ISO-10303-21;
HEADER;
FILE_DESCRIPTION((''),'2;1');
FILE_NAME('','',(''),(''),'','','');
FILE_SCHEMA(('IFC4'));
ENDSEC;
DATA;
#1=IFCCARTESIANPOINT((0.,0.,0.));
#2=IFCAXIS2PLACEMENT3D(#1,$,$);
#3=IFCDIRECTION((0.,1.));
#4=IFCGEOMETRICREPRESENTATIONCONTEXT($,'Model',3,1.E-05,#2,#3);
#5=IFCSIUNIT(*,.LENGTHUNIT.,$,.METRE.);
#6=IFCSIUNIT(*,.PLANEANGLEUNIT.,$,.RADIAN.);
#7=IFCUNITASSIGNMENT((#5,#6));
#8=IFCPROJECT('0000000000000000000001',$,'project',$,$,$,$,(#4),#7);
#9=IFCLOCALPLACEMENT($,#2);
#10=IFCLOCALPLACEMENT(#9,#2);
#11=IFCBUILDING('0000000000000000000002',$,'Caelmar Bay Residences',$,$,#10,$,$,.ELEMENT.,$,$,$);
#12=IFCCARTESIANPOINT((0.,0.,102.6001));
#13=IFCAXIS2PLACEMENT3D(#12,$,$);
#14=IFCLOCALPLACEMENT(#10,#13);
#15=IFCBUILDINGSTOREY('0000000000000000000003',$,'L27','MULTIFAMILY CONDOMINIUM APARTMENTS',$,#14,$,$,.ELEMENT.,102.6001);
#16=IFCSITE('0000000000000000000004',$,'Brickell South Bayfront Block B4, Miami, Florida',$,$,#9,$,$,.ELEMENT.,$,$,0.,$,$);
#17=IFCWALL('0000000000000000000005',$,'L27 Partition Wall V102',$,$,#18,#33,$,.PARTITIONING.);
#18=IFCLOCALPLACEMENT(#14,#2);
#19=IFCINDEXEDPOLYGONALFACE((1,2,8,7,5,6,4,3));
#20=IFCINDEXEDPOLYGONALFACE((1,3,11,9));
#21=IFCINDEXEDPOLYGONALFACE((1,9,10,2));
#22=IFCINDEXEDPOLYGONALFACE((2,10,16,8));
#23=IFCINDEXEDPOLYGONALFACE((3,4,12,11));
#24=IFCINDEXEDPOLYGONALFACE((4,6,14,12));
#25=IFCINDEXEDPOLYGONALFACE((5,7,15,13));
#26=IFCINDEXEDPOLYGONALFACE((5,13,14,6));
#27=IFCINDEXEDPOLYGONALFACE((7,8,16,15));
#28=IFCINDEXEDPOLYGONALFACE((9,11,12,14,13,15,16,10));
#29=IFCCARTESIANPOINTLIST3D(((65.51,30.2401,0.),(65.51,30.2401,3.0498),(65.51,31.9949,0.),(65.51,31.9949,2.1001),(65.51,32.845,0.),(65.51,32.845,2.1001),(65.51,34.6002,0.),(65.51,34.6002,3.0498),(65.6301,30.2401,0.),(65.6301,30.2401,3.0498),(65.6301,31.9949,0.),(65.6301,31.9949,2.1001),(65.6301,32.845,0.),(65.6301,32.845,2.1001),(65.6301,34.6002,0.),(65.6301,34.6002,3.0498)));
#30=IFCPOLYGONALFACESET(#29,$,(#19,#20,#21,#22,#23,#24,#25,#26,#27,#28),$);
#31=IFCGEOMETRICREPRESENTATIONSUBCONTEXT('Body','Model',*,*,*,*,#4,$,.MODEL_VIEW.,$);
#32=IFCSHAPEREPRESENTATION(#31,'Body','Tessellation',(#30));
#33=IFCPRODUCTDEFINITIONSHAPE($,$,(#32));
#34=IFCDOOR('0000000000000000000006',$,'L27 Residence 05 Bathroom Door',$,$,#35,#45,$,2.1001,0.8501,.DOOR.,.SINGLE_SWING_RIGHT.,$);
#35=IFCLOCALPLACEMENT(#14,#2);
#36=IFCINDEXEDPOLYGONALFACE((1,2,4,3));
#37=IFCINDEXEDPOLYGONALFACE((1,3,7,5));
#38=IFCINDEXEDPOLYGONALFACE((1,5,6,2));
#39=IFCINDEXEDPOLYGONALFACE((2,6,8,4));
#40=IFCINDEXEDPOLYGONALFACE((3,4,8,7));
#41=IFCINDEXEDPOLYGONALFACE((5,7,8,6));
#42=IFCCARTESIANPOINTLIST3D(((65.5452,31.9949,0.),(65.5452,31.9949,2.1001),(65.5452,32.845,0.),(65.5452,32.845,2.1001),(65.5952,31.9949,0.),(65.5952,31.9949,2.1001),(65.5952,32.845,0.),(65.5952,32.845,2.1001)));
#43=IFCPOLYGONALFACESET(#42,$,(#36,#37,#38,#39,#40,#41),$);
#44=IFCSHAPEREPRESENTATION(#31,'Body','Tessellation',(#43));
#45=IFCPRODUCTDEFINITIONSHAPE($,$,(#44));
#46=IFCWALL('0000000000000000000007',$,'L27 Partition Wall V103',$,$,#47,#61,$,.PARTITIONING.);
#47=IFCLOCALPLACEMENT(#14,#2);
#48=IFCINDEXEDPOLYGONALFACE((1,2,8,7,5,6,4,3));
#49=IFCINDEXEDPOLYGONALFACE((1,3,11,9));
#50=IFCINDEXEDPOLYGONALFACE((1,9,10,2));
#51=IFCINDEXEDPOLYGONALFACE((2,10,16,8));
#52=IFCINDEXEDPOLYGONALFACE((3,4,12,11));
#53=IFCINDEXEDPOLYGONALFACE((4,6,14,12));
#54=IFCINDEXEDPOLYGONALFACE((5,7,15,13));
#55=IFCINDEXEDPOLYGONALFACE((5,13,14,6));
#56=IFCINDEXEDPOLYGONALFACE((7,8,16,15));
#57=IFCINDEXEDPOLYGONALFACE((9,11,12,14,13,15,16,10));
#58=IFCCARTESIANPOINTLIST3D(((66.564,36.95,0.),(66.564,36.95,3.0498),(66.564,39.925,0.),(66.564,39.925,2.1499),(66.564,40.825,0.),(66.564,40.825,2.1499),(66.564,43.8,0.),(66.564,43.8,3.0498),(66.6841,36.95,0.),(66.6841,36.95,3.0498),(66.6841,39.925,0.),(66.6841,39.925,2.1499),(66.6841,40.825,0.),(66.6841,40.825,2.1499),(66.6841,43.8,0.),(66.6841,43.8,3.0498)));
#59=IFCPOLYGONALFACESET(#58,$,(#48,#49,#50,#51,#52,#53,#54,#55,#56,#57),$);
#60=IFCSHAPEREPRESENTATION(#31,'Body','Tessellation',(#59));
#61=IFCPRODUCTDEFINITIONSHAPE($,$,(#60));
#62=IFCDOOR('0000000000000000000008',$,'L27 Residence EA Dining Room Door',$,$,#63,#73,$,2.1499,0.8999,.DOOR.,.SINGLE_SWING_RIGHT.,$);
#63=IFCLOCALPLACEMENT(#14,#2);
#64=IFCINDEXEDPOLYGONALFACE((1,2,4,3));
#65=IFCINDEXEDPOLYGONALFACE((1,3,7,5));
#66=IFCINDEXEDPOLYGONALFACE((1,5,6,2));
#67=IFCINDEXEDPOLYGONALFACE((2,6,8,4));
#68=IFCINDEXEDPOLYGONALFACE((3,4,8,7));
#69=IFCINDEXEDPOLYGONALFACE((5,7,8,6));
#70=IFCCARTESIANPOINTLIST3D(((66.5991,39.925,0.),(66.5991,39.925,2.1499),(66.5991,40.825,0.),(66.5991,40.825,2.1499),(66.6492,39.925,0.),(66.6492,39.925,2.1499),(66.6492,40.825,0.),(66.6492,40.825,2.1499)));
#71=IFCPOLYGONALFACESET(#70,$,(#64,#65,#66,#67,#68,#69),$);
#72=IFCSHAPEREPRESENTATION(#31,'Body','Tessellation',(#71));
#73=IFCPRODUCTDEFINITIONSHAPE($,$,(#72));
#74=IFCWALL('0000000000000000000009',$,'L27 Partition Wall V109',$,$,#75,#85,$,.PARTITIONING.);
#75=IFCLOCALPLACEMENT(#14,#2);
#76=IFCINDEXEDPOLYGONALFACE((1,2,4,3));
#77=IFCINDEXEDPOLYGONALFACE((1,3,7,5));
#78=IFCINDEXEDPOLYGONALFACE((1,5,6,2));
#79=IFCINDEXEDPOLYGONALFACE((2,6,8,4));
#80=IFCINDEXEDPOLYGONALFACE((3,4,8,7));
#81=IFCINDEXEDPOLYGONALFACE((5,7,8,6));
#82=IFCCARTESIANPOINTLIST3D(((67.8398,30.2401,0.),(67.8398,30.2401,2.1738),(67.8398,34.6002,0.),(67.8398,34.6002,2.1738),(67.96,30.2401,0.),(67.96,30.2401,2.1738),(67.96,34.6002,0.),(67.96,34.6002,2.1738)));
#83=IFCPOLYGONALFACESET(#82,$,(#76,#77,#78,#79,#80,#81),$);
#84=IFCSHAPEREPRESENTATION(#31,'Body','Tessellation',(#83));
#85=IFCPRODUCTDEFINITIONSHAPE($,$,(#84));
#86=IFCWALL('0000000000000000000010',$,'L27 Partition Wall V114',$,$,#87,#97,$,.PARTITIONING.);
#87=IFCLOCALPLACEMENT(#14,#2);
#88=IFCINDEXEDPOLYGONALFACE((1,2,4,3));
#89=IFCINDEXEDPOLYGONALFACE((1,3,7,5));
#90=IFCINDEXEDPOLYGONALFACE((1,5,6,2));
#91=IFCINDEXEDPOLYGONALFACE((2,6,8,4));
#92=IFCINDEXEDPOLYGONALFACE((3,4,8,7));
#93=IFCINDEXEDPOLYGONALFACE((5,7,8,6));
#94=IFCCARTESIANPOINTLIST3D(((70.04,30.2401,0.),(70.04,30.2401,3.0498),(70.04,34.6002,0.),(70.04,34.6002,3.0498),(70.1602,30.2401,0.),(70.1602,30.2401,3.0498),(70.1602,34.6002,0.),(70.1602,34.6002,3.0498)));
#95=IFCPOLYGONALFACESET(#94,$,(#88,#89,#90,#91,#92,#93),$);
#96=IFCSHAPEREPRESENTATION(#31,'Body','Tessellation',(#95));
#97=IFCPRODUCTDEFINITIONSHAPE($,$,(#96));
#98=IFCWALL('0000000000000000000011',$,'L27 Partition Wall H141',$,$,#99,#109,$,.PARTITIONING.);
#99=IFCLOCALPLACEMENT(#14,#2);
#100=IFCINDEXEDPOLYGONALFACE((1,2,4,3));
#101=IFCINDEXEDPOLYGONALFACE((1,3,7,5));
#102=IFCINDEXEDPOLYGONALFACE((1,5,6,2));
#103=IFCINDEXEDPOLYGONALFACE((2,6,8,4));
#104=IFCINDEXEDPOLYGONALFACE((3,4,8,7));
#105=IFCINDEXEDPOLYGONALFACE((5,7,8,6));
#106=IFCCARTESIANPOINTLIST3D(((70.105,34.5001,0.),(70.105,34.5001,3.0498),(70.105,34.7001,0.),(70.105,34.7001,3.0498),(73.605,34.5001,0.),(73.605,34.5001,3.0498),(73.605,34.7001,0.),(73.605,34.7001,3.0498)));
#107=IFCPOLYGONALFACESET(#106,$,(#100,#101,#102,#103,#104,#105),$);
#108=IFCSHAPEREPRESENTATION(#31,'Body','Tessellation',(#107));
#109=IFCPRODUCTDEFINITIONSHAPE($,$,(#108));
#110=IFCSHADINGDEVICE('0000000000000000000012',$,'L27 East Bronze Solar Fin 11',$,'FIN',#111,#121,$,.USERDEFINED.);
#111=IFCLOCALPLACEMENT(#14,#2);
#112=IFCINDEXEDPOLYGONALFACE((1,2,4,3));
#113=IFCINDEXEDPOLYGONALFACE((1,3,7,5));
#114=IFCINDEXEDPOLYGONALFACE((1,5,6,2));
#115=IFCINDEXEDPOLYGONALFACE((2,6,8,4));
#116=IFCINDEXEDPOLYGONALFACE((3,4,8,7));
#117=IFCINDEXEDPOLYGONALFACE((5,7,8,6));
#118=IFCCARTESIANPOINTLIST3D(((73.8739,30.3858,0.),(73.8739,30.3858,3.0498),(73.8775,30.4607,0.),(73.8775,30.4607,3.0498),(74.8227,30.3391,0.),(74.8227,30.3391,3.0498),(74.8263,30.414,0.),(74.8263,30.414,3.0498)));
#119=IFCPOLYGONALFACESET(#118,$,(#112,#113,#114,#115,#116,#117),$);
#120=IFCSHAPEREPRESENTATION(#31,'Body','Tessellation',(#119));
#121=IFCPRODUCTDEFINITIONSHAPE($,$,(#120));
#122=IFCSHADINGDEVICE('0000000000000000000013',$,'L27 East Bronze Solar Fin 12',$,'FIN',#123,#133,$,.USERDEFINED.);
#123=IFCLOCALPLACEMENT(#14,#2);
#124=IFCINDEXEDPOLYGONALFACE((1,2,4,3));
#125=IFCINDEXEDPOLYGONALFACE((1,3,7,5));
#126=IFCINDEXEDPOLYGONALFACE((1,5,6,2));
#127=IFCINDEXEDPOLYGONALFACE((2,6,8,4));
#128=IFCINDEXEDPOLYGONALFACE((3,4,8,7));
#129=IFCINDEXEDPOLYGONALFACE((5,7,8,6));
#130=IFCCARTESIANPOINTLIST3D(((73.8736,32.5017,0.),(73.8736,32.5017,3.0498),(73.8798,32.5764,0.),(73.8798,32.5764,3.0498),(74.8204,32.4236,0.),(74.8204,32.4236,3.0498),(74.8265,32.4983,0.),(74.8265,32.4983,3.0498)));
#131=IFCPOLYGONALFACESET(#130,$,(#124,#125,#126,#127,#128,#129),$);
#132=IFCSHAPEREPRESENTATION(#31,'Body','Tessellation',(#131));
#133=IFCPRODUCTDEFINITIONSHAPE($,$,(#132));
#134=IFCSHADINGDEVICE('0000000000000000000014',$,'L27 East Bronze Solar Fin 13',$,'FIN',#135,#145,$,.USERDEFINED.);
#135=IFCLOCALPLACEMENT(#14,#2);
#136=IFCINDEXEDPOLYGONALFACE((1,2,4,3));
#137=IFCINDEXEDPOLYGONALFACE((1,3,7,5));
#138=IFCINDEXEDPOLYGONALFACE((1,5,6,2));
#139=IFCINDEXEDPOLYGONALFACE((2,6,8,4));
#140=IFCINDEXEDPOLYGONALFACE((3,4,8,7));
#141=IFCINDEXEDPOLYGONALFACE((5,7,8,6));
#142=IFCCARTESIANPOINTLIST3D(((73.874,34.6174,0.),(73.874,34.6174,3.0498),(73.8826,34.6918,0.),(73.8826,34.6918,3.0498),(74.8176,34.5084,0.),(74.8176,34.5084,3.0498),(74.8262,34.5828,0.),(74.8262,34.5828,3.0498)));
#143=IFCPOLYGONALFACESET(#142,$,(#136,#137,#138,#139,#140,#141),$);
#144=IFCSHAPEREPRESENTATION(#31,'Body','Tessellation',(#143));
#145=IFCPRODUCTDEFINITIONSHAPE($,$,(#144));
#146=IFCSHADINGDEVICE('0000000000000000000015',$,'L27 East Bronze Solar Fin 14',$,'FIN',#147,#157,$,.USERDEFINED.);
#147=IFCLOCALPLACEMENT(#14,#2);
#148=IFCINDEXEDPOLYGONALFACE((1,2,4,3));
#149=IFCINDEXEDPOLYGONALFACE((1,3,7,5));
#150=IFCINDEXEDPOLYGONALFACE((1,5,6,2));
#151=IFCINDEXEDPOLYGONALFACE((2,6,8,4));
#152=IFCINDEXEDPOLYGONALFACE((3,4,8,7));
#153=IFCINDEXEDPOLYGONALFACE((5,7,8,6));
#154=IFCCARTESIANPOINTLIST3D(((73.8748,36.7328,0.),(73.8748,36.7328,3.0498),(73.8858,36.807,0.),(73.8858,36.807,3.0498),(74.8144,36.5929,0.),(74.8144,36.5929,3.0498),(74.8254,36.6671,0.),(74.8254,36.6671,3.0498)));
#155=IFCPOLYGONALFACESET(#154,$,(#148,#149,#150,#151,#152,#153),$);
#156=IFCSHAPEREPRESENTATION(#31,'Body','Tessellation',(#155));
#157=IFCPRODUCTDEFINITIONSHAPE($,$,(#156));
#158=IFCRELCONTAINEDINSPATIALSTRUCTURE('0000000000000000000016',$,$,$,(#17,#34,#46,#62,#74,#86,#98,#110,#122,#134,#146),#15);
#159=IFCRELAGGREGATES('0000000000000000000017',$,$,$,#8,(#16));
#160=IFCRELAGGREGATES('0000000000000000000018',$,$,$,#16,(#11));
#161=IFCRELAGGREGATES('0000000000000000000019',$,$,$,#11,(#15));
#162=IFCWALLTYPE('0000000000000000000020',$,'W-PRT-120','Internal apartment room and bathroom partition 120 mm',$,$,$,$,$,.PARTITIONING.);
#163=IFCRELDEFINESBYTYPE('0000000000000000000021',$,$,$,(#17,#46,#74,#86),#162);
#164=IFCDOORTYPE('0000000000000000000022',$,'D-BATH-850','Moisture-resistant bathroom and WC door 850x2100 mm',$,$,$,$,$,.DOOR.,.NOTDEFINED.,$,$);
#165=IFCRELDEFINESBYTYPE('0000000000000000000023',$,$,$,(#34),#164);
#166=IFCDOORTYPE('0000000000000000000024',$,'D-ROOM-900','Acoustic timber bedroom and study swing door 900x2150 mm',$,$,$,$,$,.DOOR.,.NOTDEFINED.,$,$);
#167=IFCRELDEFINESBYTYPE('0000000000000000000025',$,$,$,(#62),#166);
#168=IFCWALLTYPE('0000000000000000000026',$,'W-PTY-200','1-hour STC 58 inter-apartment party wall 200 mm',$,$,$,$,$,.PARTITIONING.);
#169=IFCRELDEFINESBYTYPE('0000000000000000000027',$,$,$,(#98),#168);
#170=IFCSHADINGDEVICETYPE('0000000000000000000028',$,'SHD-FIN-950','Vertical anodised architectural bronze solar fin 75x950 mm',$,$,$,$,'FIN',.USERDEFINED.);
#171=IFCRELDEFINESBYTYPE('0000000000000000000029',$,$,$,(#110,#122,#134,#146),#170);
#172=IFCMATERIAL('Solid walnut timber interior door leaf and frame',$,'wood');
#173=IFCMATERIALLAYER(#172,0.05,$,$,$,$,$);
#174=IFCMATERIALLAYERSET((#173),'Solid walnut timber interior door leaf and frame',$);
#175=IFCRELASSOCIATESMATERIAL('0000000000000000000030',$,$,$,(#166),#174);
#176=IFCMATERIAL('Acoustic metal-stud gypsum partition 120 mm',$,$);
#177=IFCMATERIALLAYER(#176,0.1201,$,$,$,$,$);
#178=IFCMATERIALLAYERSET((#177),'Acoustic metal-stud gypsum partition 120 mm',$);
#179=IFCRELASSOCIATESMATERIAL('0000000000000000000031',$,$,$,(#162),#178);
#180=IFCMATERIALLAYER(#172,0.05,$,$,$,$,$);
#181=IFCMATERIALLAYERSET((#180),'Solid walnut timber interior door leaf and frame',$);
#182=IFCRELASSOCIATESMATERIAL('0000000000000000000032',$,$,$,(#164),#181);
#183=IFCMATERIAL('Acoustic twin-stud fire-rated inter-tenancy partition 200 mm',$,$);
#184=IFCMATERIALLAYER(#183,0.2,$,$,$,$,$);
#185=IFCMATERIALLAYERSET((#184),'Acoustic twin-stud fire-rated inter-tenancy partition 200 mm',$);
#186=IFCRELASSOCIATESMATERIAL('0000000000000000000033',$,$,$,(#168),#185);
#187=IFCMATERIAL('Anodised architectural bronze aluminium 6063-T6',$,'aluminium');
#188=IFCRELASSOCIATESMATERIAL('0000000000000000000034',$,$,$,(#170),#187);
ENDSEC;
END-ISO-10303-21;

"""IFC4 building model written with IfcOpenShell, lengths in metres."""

from ifc_helpers import new_model, si_unit, direction, frame, frame_2d, origin, origin_2d, place, context, subcontext, project, spatial, rectangle, extrude, material, layer, layer_set, material_profile, profile_set, type_object, element, fill, save


model = new_model("IFC4")

# Units and contexts
model_context = context("Model", 3, precision=1e-05, world=origin(), true_north=direction((0.0, 1.0)))
body_context = subcontext(model_context, "Body", "Model", "MODEL_VIEW")
ifc_project = project(units=[si_unit("LENGTHUNIT", "METRE"), si_unit("PLANEANGLEUNIT", "RADIAN")], contexts=[model_context])

# Site, building, storey
site_placement = place(None, origin())
site = spatial("IfcSite", under=ifc_project, at=site_placement, Name="Brickell South Bayfront Block B4, Miami, Florida", CompositionType="ELEMENT", RefElevation=0.0)
building_placement = place(site_placement, origin())
building = spatial("IfcBuilding", under=site, at=building_placement, Name="Caelmar Bay Residences", CompositionType="ELEMENT")
storey_placement = place(building_placement, frame((0.0, 0.0, 102.6001)))
storey = spatial("IfcBuildingStorey", under=building, at=storey_placement, Name="L27", Description="MULTIFAMILY CONDOMINIUM APARTMENTS", CompositionType="ELEMENT", Elevation=102.6001)

# Walls, openings, doors
ifc_material_1 = material(Name="Solid walnut timber interior door leaf and frame", Category="wood")
ifc_layer_1 = layer(ifc_material_1, 0.05)
ifc_layer_set_1 = layer_set([ifc_layer_1], Name="Solid walnut timber interior door leaf and frame")
door_type_1 = type_object("IfcDoorType", Name="D-ROOM-900", Description="Acoustic timber bedroom and study swing door 900x2150 mm", OperationType="NOTDEFINED", PredefinedType="DOOR", material=ifc_layer_set_1)
ifc_material_2 = material(Name="Acoustic metal-stud gypsum partition 120 mm")
ifc_layer_2 = layer(ifc_material_2, 0.1201)
ifc_layer_set_2 = layer_set([ifc_layer_2], Name="Acoustic metal-stud gypsum partition 120 mm")
wall_type_1 = type_object("IfcWallType", Name="W-PRT-120", Description="Internal apartment room and bathroom partition 120 mm", PredefinedType="PARTITIONING", material=ifc_layer_set_2)
ifc_layer_3 = layer(ifc_material_1, 0.05)
ifc_layer_set_3 = layer_set([ifc_layer_3], Name="Solid walnut timber interior door leaf and frame")
door_type_2 = type_object("IfcDoorType", Name="D-BATH-850", Description="Moisture-resistant bathroom and WC door 850x2100 mm", OperationType="NOTDEFINED", PredefinedType="DOOR", material=ifc_layer_set_3)
wall_1_placement = place(storey_placement, frame((65.5701, 30.24, 0.0), z_axis=(0.0, 0.0, 1.0), x_axis=(0.0, 1.0, 0.0)))
wall_1 = element("IfcWall", 1, at=wall_1_placement, inside=storey, type_object=wall_type_1, Name="L27 Partition Wall V102", PredefinedType="PARTITIONING", context=body_context, shape_type="SweptSolid", body=[
    extrude(rectangle(XDim=4.3601, YDim=0.1201, at=frame_2d((2.1802, 0.0))), origin(), (0.0, 0.0, 1.0), 3.0498),
])
opening_1_placement = place(wall_1_placement, frame((1.7549, 0.0, 0.0)))
opening_1 = element("IfcOpeningElement", 2, at=opening_1_placement, cuts=wall_1, PredefinedType="OPENING", context=body_context, shape_type="SweptSolid", body=[
    extrude(rectangle(XDim=0.8501, YDim=2.1001, at=frame_2d((0.425, 1.05))), frame((0.0, 0.0701, 0.0), z_axis=(0.0, -1.0, 0.0), x_axis=(1.0, 0.0, 0.0)), (0.0, 0.0, 1.0), 0.1401),
])
door_1_placement = place(opening_1_placement, origin())
door_1 = element("IfcDoor", 3, at=door_1_placement, inside=storey, type_object=door_type_2, Name="L27 Residence 05 Bathroom Door", OperationType="SINGLE_SWING_RIGHT", OverallHeight=2.1001, OverallWidth=0.8501, PredefinedType="DOOR", context=body_context, shape_type="SweptSolid", body=[
    extrude(rectangle(XDim=0.8501, YDim=2.1001, at=frame_2d((0.425, 1.05))), frame((0.0, 0.0249, 0.0), z_axis=(0.0, -1.0, 0.0), x_axis=(1.0, 0.0, 0.0)), (0.0, 0.0, 1.0), 0.05),
])
fill(opening_1, door_1)
wall_2_placement = place(storey_placement, frame((66.624, 36.95, 0.0), z_axis=(0.0, 0.0, 1.0), x_axis=(0.0, 1.0, 0.0)))
wall_2 = element("IfcWall", 4, at=wall_2_placement, inside=storey, type_object=wall_type_1, Name="L27 Partition Wall V103", PredefinedType="PARTITIONING", context=body_context, shape_type="SweptSolid", body=[
    extrude(rectangle(XDim=6.8501, YDim=0.1201, at=frame_2d((3.425, 0.0))), origin(), (0.0, 0.0, 1.0), 3.0498),
])
opening_2_placement = place(wall_2_placement, frame((2.9751, 0.0, 0.0)))
opening_2 = element("IfcOpeningElement", 5, at=opening_2_placement, cuts=wall_2, PredefinedType="OPENING", context=body_context, shape_type="SweptSolid", body=[
    extrude(rectangle(XDim=0.8999, YDim=2.1499, at=frame_2d((0.45, 1.075))), frame((0.0, 0.0701, 0.0), z_axis=(0.0, -1.0, 0.0), x_axis=(1.0, 0.0, 0.0)), (0.0, 0.0, 1.0), 0.1401),
])
door_2_placement = place(opening_2_placement, origin())
door_2 = element("IfcDoor", 6, at=door_2_placement, inside=storey, type_object=door_type_1, Name="L27 Residence EA Dining Room Door", OperationType="SINGLE_SWING_RIGHT", OverallHeight=2.1499, OverallWidth=0.8999, PredefinedType="DOOR", context=body_context, shape_type="SweptSolid", body=[
    extrude(rectangle(XDim=0.8999, YDim=2.1499, at=frame_2d((0.45, 1.075))), frame((0.0, 0.0249, 0.0), z_axis=(0.0, -1.0, 0.0), x_axis=(1.0, 0.0, 0.0)), (0.0, 0.0, 1.0), 0.05),
])
fill(opening_2, door_2)

# Walls
wall_3_placement = place(storey_placement, frame((67.8999, 30.24, 0.0), z_axis=(0.0, 0.0, 1.0), x_axis=(0.0, 1.0, 0.0)))
element("IfcWall", 7, at=wall_3_placement, inside=storey, type_object=wall_type_1, Name="L27 Partition Wall V109", PredefinedType="PARTITIONING", context=body_context, shape_type="SweptSolid", body=[
    extrude(rectangle(XDim=4.3601, YDim=0.1201, at=frame_2d((2.1802, 0.0))), origin(), (0.0, 0.0, 1.0), 2.1738),
])
wall_4_placement = place(storey_placement, frame((70.1001, 30.24, 0.0), z_axis=(0.0, 0.0, 1.0), x_axis=(0.0, 1.0, 0.0)))
element("IfcWall", 8, at=wall_4_placement, inside=storey, type_object=wall_type_1, Name="L27 Partition Wall V114", PredefinedType="PARTITIONING", context=body_context, shape_type="SweptSolid", body=[
    extrude(rectangle(XDim=4.3601, YDim=0.1201, at=frame_2d((2.1802, 0.0))), origin(), (0.0, 0.0, 1.0), 3.0498),
])
ifc_material_3 = material(Name="Acoustic twin-stud fire-rated inter-tenancy partition 200 mm")
ifc_layer_4 = layer(ifc_material_3, 0.2)
ifc_layer_set_4 = layer_set([ifc_layer_4], Name="Acoustic twin-stud fire-rated inter-tenancy partition 200 mm")
wall_type_2 = type_object("IfcWallType", Name="W-PTY-200", Description="1-hour STC 58 inter-apartment party wall 200 mm", PredefinedType="PARTITIONING", material=ifc_layer_set_4)
wall_5_placement = place(storey_placement, frame((70.105, 34.6001, 0.0), z_axis=(0.0, 0.0, 1.0), x_axis=(1.0, 0.0, 0.0)))
element("IfcWall", 9, at=wall_5_placement, inside=storey, type_object=wall_type_2, Name="L27 Partition Wall H141", PredefinedType="PARTITIONING", context=body_context, shape_type="SweptSolid", body=[
    extrude(rectangle(XDim=3.5, YDim=0.2, at=frame_2d((1.75, 0.0))), origin(), (0.0, 0.0, 1.0), 3.0498),
])

# Shading devices
ifc_material_4 = material(Name="Anodised architectural bronze aluminium 6063-T6", Category="aluminium")
ifc_material_profile = material_profile(ifc_material_4, rectangle(XDim=0.075, YDim=0.95, at=origin_2d()), Name="BRONZE-FIN-75X950")
ifc_profile_set = profile_set([ifc_material_profile], Name="Anodised architectural bronze aluminium 6063-T6")
shading_device_type = type_object("IfcShadingDeviceType", Name="SHD-FIN-950", Description="Vertical anodised architectural bronze solar fin 75x950 mm", ElementType="FIN", PredefinedType="USERDEFINED", material=ifc_profile_set)
for number, where, z_axis, x_axis, name in (
    (10, (74.3501, 30.3999, 0.0), (0.0, 0.0, 1.0), (0.049198, 0.998789, 0.0), "L27 East Bronze Solar Fin 11"),
    (11, (74.3501, 32.5, 0.0), (0.0, 0.0, 1.0), (0.082112, 0.996623, 0.0), "L27 East Bronze Solar Fin 12"),
    (12, (74.3501, 34.6001, 0.0), (0.0, 0.0, 1.0), (0.114764, 0.993393, 0.0), "L27 East Bronze Solar Fin 13"),
    (13, (74.3501, 36.7, 0.0), (0.0, 0.0, 1.0), (0.147292, 0.989093, 0.0), "L27 East Bronze Solar Fin 14"),
):
    element("IfcShadingDevice", number, at=place(storey_placement, frame(where, z_axis=z_axis, x_axis=x_axis)), inside=storey, type_object=shading_device_type, Name=name, ObjectType="FIN", PredefinedType="USERDEFINED", context=body_context, shape_type="SweptSolid", body=[
        extrude(rectangle(XDim=0.075, YDim=0.95, at=origin_2d()), origin(), (0.0, 0.0, 1.0), 3.0498),
    ])

save(model, "model.ifc")
